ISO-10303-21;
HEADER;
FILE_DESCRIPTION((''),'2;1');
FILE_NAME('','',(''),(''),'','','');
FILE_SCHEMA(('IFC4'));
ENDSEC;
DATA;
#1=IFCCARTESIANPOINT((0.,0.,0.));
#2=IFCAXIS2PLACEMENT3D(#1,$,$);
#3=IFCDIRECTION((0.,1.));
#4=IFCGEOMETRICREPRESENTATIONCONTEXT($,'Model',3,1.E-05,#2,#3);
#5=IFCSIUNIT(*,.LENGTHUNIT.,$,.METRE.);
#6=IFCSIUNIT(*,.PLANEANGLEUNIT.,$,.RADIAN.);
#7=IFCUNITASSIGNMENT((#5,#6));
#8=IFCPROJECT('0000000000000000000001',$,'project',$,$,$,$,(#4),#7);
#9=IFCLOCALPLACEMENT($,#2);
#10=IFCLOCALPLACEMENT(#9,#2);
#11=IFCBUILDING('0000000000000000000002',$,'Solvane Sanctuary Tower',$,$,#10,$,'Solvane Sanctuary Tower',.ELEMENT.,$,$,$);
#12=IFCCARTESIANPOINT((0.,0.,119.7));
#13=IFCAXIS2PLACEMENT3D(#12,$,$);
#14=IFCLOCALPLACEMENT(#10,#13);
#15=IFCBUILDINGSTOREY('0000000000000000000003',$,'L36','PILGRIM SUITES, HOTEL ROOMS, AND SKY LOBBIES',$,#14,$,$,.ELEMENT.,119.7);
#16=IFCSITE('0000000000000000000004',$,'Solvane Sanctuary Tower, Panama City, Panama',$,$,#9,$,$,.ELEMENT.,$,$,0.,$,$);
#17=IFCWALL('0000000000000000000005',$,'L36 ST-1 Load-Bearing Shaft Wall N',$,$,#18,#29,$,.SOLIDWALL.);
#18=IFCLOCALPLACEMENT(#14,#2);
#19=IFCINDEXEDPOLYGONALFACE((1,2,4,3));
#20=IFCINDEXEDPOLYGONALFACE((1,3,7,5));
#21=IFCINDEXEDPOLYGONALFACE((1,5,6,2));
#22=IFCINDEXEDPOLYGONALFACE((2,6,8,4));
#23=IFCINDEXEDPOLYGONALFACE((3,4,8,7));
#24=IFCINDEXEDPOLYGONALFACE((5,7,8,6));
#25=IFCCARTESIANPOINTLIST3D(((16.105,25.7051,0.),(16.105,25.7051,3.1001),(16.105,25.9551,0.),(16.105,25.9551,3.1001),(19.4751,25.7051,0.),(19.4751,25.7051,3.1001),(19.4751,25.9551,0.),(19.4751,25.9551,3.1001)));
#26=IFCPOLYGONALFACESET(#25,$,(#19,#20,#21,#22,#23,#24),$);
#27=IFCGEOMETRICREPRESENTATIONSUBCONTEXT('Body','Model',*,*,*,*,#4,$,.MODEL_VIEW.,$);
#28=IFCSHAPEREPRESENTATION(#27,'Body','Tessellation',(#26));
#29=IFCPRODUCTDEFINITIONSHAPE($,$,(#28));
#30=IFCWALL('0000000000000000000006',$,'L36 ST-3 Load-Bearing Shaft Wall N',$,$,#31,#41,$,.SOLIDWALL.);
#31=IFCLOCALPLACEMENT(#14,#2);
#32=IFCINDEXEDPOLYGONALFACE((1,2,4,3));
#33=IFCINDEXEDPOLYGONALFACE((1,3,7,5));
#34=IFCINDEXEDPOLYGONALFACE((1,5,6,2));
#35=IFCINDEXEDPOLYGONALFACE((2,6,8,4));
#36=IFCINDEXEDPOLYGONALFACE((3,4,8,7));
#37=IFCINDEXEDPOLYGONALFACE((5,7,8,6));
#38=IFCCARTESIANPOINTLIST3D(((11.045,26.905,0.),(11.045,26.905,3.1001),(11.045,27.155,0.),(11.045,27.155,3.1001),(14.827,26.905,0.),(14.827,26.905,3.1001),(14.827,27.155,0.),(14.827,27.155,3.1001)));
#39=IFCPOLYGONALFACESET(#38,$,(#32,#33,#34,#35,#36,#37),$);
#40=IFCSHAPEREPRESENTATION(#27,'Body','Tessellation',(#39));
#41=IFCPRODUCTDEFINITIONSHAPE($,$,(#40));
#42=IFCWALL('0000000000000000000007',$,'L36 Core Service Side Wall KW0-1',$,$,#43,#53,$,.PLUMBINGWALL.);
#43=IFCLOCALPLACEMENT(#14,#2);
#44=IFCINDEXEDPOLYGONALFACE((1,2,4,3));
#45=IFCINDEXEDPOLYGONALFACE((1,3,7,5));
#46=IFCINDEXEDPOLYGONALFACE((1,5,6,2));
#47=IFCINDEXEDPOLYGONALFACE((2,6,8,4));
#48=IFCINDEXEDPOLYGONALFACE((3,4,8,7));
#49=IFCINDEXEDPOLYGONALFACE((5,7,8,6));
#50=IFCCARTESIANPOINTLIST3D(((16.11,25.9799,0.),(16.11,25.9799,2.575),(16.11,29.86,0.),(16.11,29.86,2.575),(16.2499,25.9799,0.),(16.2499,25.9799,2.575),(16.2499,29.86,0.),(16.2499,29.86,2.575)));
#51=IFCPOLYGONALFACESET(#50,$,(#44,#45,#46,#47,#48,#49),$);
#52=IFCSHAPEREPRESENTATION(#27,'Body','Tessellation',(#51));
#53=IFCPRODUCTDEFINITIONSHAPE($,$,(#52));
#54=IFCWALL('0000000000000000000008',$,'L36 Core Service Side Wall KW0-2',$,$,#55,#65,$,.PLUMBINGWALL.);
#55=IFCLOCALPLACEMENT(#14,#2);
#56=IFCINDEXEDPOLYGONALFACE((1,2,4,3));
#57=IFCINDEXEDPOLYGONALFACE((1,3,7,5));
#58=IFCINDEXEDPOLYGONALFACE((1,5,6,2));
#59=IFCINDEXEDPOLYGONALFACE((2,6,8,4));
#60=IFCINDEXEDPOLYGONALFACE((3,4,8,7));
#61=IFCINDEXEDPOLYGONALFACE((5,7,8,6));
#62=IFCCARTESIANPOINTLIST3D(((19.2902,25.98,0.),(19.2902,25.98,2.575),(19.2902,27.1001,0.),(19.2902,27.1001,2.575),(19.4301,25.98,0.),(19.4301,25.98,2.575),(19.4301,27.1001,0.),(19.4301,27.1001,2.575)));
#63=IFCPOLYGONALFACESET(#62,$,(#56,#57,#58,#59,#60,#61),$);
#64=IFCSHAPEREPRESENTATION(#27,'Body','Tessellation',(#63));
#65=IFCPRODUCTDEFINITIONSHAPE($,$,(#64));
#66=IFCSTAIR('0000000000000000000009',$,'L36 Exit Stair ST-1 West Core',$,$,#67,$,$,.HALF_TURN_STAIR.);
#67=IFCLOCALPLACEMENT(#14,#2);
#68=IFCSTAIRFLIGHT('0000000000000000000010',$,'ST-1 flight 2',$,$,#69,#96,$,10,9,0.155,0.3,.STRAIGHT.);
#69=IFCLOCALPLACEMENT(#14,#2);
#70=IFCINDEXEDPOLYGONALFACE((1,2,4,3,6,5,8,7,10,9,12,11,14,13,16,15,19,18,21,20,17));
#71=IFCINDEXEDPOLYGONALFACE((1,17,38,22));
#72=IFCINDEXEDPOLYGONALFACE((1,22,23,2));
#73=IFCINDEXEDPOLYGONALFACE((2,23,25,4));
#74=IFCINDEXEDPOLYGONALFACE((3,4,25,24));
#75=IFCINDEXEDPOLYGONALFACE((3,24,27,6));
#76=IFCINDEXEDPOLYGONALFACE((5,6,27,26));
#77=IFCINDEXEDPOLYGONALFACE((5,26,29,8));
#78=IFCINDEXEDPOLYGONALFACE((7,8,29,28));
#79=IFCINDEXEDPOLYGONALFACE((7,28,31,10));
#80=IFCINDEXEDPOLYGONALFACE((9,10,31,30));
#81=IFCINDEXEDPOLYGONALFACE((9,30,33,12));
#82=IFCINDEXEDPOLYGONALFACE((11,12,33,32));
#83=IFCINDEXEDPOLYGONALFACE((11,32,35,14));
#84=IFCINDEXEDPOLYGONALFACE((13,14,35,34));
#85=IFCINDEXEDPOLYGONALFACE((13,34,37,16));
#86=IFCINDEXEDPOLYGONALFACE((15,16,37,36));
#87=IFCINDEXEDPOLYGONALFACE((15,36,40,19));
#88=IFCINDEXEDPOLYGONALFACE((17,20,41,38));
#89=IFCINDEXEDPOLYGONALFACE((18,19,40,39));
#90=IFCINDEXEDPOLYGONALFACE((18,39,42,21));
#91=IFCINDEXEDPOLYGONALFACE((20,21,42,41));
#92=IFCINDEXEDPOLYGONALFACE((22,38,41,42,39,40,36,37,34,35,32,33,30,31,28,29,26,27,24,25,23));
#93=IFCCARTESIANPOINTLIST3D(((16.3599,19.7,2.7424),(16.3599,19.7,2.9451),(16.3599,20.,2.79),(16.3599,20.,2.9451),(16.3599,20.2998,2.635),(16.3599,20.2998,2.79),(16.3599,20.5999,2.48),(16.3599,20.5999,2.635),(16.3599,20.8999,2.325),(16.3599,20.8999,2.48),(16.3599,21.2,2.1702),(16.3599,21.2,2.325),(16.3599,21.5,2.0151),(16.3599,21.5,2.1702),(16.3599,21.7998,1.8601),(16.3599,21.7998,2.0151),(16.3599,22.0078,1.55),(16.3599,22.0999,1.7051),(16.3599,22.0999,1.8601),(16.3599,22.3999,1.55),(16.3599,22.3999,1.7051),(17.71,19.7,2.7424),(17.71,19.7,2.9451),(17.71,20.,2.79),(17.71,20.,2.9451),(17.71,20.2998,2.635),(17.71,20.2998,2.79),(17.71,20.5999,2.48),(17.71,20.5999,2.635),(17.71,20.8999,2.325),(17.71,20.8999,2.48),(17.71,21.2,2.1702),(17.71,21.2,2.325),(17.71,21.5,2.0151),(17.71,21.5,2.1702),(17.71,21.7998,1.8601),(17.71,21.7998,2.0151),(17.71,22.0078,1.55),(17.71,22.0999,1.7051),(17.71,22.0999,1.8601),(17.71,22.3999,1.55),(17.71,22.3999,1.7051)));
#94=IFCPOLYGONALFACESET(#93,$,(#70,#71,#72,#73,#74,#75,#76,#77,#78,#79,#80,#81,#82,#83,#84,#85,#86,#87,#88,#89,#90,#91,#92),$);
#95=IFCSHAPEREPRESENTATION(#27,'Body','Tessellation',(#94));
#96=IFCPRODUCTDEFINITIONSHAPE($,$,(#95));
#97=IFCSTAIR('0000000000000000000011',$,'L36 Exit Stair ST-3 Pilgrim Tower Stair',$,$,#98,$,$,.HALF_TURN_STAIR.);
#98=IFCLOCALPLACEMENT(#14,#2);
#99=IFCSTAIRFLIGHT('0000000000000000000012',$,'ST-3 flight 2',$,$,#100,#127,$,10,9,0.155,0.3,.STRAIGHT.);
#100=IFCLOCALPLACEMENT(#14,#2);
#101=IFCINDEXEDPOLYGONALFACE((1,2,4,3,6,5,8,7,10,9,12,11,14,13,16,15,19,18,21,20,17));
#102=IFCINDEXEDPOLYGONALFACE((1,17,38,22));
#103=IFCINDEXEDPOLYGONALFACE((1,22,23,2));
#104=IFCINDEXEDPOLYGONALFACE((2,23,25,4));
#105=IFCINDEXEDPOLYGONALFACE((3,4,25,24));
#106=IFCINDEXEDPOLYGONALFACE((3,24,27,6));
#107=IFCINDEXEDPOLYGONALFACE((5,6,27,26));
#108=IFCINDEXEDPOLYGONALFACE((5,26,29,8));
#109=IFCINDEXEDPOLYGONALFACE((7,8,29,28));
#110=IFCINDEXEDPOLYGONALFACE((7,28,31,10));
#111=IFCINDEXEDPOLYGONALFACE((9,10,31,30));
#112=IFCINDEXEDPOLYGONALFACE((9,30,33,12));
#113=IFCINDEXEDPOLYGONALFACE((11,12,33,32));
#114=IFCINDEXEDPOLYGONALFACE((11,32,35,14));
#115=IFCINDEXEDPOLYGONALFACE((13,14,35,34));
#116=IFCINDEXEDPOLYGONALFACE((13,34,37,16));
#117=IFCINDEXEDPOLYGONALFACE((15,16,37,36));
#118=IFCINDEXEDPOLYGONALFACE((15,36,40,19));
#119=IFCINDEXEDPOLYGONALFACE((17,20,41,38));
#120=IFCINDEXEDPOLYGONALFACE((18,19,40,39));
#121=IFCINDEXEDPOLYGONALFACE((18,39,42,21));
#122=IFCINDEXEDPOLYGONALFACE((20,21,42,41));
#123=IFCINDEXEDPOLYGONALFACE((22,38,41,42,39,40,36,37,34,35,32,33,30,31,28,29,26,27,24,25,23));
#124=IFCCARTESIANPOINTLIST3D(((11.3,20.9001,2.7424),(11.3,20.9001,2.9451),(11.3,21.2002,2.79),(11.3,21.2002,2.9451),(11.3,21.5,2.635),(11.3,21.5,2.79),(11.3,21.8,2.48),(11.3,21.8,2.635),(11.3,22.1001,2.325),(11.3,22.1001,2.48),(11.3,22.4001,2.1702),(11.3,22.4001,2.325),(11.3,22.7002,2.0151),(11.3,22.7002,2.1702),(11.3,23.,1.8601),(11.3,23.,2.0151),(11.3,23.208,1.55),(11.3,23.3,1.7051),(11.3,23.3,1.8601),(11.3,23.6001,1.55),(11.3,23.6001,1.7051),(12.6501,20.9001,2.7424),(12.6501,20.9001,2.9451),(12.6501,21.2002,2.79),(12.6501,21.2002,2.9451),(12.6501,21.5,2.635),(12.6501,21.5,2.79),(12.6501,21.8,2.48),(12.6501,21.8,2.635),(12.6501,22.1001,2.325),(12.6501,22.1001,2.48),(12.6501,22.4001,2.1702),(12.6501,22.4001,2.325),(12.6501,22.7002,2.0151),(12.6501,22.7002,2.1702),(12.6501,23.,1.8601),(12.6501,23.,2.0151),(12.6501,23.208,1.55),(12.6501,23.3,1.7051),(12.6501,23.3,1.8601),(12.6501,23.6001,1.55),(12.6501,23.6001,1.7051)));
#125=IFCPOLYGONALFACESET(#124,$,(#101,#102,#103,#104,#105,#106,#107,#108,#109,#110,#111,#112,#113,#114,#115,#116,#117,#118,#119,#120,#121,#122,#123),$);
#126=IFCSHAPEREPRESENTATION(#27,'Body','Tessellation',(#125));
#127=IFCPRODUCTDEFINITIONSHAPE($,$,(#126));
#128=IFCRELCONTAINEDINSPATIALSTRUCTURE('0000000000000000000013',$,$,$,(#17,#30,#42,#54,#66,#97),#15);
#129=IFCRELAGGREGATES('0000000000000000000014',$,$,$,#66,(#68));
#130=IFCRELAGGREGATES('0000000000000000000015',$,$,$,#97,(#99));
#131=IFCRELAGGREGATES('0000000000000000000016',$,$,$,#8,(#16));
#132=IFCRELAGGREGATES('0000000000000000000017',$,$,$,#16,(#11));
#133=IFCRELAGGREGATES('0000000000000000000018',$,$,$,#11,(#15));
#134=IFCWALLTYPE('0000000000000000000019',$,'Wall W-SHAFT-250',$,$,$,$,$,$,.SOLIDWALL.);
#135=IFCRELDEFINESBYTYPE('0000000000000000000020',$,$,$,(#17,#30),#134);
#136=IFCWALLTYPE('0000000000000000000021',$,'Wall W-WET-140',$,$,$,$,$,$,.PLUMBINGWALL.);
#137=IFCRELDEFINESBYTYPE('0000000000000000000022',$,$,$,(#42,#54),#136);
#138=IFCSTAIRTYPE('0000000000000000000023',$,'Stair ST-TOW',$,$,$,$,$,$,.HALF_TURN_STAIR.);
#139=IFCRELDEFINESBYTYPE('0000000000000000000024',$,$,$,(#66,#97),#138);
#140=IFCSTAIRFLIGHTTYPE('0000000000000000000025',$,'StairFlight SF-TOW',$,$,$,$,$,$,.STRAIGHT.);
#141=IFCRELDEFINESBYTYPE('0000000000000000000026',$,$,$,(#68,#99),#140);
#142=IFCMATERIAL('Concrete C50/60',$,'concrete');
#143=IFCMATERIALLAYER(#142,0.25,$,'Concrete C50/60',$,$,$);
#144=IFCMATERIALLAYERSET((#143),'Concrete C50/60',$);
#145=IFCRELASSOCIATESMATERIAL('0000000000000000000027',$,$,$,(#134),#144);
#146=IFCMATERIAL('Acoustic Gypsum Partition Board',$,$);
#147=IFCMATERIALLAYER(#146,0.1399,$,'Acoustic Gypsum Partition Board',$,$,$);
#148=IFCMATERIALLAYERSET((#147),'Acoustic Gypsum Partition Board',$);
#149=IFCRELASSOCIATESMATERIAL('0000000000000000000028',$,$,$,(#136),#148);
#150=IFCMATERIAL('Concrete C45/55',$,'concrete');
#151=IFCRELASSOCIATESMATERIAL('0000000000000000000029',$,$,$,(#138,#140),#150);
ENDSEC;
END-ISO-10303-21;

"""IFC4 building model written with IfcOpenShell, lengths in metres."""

from ifc_helpers import new_model, si_unit, direction, frame, frame_2d, origin, place, context, subcontext, project, spatial, polyline, rectangle, outline, extrude, material, layer, layer_set, type_object, element, aggregate, save


model = new_model("IFC4")

# Units and contexts
model_context = context("Model", 3, precision=1e-05, world=origin(), true_north=direction((0.0, 1.0)))
body_context = subcontext(model_context, "Body", "Model", "MODEL_VIEW")
ifc_project = project(units=[si_unit("LENGTHUNIT", "METRE"), si_unit("PLANEANGLEUNIT", "RADIAN")], contexts=[model_context])

# Site, building, storey
site_placement = place(None, origin())
site = spatial("IfcSite", under=ifc_project, at=site_placement, Name="Solvane Sanctuary Tower, Panama City, Panama", CompositionType="ELEMENT", RefElevation=0.0)
building_placement = place(site_placement, origin())
building = spatial("IfcBuilding", under=site, at=building_placement, Name="Solvane Sanctuary Tower", LongName="Solvane Sanctuary Tower", CompositionType="ELEMENT")
storey_placement = place(building_placement, frame((0.0, 0.0, 119.7)))
storey = spatial("IfcBuildingStorey", under=building, at=storey_placement, Name="L36", Description="PILGRIM SUITES, HOTEL ROOMS, AND SKY LOBBIES", CompositionType="ELEMENT", Elevation=119.7)

# Shared definitions
ifc_material_1 = material(Name="Acoustic Gypsum Partition Board")

# Shared definitions
ifc_material_2 = material(Name="Concrete C50/60", Category="concrete")

# Walls
ifc_layer_1 = layer(ifc_material_2, 0.25, Name="Concrete C50/60")
ifc_layer_set_1 = layer_set([ifc_layer_1], Name="Concrete C50/60")
wall_type_1 = type_object("IfcWallType", Name="Wall W-SHAFT-250", PredefinedType="SOLIDWALL", material=ifc_layer_set_1)
wall_1_placement = place(storey_placement, frame((16.105, 25.8301, 0.0), z_axis=(0.0, 0.0, 1.0), x_axis=(1.0, 0.0, 0.0)))
element("IfcWall", 1, at=wall_1_placement, inside=storey, type_object=wall_type_1, Name="L36 ST-1 Load-Bearing Shaft Wall N", PredefinedType="SOLIDWALL", context=body_context, shape_type="SweptSolid", body=[
    extrude(rectangle(XDim=3.3701, YDim=0.25, at=frame_2d((1.6851, 0.0))), origin(), (0.0, 0.0, 1.0), 3.1001),
])
wall_2_placement = place(storey_placement, frame((11.0449, 27.03, 0.0), z_axis=(0.0, 0.0, 1.0), x_axis=(1.0, 0.0, 0.0)))
element("IfcWall", 2, at=wall_2_placement, inside=storey, type_object=wall_type_1, Name="L36 ST-3 Load-Bearing Shaft Wall N", PredefinedType="SOLIDWALL", context=body_context, shape_type="SweptSolid", body=[
    extrude(rectangle(XDim=3.782, YDim=0.25, at=frame_2d((1.8911, 0.0))), origin(), (0.0, 0.0, 1.0), 3.1001),
])
ifc_layer_2 = layer(ifc_material_1, 0.1399, Name="Acoustic Gypsum Partition Board")
ifc_layer_set_2 = layer_set([ifc_layer_2], Name="Acoustic Gypsum Partition Board")
wall_type_2 = type_object("IfcWallType", Name="Wall W-WET-140", PredefinedType="PLUMBINGWALL", material=ifc_layer_set_2)
wall_3_placement = place(storey_placement, frame((16.1799, 25.98, 0.0), z_axis=(0.0, 0.0, 1.0), x_axis=(0.0, 1.0, 0.0)))
element("IfcWall", 3, at=wall_3_placement, inside=storey, type_object=wall_type_2, Name="L36 Core Service Side Wall KW0-1", PredefinedType="PLUMBINGWALL", context=body_context, shape_type="SweptSolid", body=[
    extrude(rectangle(XDim=3.8801, YDim=0.1399, at=frame_2d((1.9399, 0.0))), origin(), (0.0, 0.0, 1.0), 2.575),
])
wall_4_placement = place(storey_placement, frame((19.3601, 25.98, 0.0), z_axis=(0.0, 0.0, 1.0), x_axis=(0.0, 1.0, 0.0)))
element("IfcWall", 4, at=wall_4_placement, inside=storey, type_object=wall_type_2, Name="L36 Core Service Side Wall KW0-2", PredefinedType="PLUMBINGWALL", context=body_context, shape_type="SweptSolid", body=[
    extrude(rectangle(XDim=1.1201, YDim=0.1399, at=frame_2d((0.5601, 0.0))), origin(), (0.0, 0.0, 1.0), 2.575),
])

# Stairs, stair flights
ifc_material_3 = material(Name="Concrete C45/55", Category="concrete")
stair_type = type_object("IfcStairType", Name="Stair ST-TOW", PredefinedType="HALF_TURN_STAIR", material=ifc_material_3)
stair_1_placement = place(storey_placement, origin())
stair_1 = element("IfcStair", 5, at=stair_1_placement, inside=storey, type_object=stair_type, Name="L36 Exit Stair ST-1 West Core", PredefinedType="HALF_TURN_STAIR")
stair_flight_type = type_object("IfcStairFlightType", Name="StairFlight SF-TOW", PredefinedType="STRAIGHT", material=ifc_material_3)
stair_flight_1_placement = place(storey_placement, frame((17.0349, 22.3999, 1.55), z_axis=(0.0, 0.0, 1.0), x_axis=(0.0, -1.0, 0.0)))
stair_flight_1 = element("IfcStairFlight", 6, at=stair_flight_1_placement, type_object=stair_flight_type, Name="ST-1 flight 2", NumberOfRisers=10, NumberOfTreads=9, PredefinedType="STRAIGHT", RiserHeight=0.155, TreadLength=0.3, context=body_context, shape_type="SweptSolid", body=[
    extrude(outline(polyline([(0.0, 0.0), (0.0, 0.155), (0.3, 0.155), (0.3, 0.3101), (0.6001, 0.3101), (0.6001, 0.4651), (0.8999, 0.4651), (0.8999, 0.6201), (1.2, 0.6201), (1.2, 0.7749), (1.5, 0.7749), (1.5, 0.9299), (1.8, 0.9299), (1.8, 1.085), (2.1001, 1.085), (2.1001, 1.24), (2.3999, 1.24), (2.3999, 1.395), (2.7, 1.395), (2.7, 1.55), (2.7, 1.1924), (0.3921, 0.0), (0.0, 0.0)])), frame((0.0, 0.675, 0.0), z_axis=(0.0, -1.0, 0.0), x_axis=(1.0, 0.0, 0.0)), (0.0, 0.0, 1.0), 1.3501),
])
aggregate(stair_1, [stair_flight_1])
stair_2_placement = place(storey_placement, origin())
stair_2 = element("IfcStair", 7, at=stair_2_placement, inside=storey, type_object=stair_type, Name="L36 Exit Stair ST-3 Pilgrim Tower Stair", PredefinedType="HALF_TURN_STAIR")
stair_flight_2_placement = place(storey_placement, frame((11.9751, 23.6001, 1.55), z_axis=(0.0, 0.0, 1.0), x_axis=(0.0, -1.0, 0.0)))
stair_flight_2 = element("IfcStairFlight", 8, at=stair_flight_2_placement, type_object=stair_flight_type, Name="ST-3 flight 2", NumberOfRisers=10, NumberOfTreads=9, PredefinedType="STRAIGHT", RiserHeight=0.155, TreadLength=0.3, context=body_context, shape_type="SweptSolid", body=[
    extrude(outline(polyline([(0.0, 0.0), (0.0, 0.155), (0.3, 0.155), (0.3, 0.3101), (0.6001, 0.3101), (0.6001, 0.4651), (0.8999, 0.4651), (0.8999, 0.6201), (1.2, 0.6201), (1.2, 0.7749), (1.5, 0.7749), (1.5, 0.9299), (1.8, 0.9299), (1.8, 1.085), (2.1001, 1.085), (2.1001, 1.24), (2.3999, 1.24), (2.3999, 1.395), (2.7, 1.395), (2.7, 1.55), (2.7, 1.1924), (0.3921, 0.0), (0.0, 0.0)])), frame((0.0, 0.675, 0.0), z_axis=(0.0, -1.0, 0.0), x_axis=(1.0, 0.0, 0.0)), (0.0, 0.0, 1.0), 1.3501),
])
aggregate(stair_2, [stair_flight_2])

save(model, "model.ifc")
